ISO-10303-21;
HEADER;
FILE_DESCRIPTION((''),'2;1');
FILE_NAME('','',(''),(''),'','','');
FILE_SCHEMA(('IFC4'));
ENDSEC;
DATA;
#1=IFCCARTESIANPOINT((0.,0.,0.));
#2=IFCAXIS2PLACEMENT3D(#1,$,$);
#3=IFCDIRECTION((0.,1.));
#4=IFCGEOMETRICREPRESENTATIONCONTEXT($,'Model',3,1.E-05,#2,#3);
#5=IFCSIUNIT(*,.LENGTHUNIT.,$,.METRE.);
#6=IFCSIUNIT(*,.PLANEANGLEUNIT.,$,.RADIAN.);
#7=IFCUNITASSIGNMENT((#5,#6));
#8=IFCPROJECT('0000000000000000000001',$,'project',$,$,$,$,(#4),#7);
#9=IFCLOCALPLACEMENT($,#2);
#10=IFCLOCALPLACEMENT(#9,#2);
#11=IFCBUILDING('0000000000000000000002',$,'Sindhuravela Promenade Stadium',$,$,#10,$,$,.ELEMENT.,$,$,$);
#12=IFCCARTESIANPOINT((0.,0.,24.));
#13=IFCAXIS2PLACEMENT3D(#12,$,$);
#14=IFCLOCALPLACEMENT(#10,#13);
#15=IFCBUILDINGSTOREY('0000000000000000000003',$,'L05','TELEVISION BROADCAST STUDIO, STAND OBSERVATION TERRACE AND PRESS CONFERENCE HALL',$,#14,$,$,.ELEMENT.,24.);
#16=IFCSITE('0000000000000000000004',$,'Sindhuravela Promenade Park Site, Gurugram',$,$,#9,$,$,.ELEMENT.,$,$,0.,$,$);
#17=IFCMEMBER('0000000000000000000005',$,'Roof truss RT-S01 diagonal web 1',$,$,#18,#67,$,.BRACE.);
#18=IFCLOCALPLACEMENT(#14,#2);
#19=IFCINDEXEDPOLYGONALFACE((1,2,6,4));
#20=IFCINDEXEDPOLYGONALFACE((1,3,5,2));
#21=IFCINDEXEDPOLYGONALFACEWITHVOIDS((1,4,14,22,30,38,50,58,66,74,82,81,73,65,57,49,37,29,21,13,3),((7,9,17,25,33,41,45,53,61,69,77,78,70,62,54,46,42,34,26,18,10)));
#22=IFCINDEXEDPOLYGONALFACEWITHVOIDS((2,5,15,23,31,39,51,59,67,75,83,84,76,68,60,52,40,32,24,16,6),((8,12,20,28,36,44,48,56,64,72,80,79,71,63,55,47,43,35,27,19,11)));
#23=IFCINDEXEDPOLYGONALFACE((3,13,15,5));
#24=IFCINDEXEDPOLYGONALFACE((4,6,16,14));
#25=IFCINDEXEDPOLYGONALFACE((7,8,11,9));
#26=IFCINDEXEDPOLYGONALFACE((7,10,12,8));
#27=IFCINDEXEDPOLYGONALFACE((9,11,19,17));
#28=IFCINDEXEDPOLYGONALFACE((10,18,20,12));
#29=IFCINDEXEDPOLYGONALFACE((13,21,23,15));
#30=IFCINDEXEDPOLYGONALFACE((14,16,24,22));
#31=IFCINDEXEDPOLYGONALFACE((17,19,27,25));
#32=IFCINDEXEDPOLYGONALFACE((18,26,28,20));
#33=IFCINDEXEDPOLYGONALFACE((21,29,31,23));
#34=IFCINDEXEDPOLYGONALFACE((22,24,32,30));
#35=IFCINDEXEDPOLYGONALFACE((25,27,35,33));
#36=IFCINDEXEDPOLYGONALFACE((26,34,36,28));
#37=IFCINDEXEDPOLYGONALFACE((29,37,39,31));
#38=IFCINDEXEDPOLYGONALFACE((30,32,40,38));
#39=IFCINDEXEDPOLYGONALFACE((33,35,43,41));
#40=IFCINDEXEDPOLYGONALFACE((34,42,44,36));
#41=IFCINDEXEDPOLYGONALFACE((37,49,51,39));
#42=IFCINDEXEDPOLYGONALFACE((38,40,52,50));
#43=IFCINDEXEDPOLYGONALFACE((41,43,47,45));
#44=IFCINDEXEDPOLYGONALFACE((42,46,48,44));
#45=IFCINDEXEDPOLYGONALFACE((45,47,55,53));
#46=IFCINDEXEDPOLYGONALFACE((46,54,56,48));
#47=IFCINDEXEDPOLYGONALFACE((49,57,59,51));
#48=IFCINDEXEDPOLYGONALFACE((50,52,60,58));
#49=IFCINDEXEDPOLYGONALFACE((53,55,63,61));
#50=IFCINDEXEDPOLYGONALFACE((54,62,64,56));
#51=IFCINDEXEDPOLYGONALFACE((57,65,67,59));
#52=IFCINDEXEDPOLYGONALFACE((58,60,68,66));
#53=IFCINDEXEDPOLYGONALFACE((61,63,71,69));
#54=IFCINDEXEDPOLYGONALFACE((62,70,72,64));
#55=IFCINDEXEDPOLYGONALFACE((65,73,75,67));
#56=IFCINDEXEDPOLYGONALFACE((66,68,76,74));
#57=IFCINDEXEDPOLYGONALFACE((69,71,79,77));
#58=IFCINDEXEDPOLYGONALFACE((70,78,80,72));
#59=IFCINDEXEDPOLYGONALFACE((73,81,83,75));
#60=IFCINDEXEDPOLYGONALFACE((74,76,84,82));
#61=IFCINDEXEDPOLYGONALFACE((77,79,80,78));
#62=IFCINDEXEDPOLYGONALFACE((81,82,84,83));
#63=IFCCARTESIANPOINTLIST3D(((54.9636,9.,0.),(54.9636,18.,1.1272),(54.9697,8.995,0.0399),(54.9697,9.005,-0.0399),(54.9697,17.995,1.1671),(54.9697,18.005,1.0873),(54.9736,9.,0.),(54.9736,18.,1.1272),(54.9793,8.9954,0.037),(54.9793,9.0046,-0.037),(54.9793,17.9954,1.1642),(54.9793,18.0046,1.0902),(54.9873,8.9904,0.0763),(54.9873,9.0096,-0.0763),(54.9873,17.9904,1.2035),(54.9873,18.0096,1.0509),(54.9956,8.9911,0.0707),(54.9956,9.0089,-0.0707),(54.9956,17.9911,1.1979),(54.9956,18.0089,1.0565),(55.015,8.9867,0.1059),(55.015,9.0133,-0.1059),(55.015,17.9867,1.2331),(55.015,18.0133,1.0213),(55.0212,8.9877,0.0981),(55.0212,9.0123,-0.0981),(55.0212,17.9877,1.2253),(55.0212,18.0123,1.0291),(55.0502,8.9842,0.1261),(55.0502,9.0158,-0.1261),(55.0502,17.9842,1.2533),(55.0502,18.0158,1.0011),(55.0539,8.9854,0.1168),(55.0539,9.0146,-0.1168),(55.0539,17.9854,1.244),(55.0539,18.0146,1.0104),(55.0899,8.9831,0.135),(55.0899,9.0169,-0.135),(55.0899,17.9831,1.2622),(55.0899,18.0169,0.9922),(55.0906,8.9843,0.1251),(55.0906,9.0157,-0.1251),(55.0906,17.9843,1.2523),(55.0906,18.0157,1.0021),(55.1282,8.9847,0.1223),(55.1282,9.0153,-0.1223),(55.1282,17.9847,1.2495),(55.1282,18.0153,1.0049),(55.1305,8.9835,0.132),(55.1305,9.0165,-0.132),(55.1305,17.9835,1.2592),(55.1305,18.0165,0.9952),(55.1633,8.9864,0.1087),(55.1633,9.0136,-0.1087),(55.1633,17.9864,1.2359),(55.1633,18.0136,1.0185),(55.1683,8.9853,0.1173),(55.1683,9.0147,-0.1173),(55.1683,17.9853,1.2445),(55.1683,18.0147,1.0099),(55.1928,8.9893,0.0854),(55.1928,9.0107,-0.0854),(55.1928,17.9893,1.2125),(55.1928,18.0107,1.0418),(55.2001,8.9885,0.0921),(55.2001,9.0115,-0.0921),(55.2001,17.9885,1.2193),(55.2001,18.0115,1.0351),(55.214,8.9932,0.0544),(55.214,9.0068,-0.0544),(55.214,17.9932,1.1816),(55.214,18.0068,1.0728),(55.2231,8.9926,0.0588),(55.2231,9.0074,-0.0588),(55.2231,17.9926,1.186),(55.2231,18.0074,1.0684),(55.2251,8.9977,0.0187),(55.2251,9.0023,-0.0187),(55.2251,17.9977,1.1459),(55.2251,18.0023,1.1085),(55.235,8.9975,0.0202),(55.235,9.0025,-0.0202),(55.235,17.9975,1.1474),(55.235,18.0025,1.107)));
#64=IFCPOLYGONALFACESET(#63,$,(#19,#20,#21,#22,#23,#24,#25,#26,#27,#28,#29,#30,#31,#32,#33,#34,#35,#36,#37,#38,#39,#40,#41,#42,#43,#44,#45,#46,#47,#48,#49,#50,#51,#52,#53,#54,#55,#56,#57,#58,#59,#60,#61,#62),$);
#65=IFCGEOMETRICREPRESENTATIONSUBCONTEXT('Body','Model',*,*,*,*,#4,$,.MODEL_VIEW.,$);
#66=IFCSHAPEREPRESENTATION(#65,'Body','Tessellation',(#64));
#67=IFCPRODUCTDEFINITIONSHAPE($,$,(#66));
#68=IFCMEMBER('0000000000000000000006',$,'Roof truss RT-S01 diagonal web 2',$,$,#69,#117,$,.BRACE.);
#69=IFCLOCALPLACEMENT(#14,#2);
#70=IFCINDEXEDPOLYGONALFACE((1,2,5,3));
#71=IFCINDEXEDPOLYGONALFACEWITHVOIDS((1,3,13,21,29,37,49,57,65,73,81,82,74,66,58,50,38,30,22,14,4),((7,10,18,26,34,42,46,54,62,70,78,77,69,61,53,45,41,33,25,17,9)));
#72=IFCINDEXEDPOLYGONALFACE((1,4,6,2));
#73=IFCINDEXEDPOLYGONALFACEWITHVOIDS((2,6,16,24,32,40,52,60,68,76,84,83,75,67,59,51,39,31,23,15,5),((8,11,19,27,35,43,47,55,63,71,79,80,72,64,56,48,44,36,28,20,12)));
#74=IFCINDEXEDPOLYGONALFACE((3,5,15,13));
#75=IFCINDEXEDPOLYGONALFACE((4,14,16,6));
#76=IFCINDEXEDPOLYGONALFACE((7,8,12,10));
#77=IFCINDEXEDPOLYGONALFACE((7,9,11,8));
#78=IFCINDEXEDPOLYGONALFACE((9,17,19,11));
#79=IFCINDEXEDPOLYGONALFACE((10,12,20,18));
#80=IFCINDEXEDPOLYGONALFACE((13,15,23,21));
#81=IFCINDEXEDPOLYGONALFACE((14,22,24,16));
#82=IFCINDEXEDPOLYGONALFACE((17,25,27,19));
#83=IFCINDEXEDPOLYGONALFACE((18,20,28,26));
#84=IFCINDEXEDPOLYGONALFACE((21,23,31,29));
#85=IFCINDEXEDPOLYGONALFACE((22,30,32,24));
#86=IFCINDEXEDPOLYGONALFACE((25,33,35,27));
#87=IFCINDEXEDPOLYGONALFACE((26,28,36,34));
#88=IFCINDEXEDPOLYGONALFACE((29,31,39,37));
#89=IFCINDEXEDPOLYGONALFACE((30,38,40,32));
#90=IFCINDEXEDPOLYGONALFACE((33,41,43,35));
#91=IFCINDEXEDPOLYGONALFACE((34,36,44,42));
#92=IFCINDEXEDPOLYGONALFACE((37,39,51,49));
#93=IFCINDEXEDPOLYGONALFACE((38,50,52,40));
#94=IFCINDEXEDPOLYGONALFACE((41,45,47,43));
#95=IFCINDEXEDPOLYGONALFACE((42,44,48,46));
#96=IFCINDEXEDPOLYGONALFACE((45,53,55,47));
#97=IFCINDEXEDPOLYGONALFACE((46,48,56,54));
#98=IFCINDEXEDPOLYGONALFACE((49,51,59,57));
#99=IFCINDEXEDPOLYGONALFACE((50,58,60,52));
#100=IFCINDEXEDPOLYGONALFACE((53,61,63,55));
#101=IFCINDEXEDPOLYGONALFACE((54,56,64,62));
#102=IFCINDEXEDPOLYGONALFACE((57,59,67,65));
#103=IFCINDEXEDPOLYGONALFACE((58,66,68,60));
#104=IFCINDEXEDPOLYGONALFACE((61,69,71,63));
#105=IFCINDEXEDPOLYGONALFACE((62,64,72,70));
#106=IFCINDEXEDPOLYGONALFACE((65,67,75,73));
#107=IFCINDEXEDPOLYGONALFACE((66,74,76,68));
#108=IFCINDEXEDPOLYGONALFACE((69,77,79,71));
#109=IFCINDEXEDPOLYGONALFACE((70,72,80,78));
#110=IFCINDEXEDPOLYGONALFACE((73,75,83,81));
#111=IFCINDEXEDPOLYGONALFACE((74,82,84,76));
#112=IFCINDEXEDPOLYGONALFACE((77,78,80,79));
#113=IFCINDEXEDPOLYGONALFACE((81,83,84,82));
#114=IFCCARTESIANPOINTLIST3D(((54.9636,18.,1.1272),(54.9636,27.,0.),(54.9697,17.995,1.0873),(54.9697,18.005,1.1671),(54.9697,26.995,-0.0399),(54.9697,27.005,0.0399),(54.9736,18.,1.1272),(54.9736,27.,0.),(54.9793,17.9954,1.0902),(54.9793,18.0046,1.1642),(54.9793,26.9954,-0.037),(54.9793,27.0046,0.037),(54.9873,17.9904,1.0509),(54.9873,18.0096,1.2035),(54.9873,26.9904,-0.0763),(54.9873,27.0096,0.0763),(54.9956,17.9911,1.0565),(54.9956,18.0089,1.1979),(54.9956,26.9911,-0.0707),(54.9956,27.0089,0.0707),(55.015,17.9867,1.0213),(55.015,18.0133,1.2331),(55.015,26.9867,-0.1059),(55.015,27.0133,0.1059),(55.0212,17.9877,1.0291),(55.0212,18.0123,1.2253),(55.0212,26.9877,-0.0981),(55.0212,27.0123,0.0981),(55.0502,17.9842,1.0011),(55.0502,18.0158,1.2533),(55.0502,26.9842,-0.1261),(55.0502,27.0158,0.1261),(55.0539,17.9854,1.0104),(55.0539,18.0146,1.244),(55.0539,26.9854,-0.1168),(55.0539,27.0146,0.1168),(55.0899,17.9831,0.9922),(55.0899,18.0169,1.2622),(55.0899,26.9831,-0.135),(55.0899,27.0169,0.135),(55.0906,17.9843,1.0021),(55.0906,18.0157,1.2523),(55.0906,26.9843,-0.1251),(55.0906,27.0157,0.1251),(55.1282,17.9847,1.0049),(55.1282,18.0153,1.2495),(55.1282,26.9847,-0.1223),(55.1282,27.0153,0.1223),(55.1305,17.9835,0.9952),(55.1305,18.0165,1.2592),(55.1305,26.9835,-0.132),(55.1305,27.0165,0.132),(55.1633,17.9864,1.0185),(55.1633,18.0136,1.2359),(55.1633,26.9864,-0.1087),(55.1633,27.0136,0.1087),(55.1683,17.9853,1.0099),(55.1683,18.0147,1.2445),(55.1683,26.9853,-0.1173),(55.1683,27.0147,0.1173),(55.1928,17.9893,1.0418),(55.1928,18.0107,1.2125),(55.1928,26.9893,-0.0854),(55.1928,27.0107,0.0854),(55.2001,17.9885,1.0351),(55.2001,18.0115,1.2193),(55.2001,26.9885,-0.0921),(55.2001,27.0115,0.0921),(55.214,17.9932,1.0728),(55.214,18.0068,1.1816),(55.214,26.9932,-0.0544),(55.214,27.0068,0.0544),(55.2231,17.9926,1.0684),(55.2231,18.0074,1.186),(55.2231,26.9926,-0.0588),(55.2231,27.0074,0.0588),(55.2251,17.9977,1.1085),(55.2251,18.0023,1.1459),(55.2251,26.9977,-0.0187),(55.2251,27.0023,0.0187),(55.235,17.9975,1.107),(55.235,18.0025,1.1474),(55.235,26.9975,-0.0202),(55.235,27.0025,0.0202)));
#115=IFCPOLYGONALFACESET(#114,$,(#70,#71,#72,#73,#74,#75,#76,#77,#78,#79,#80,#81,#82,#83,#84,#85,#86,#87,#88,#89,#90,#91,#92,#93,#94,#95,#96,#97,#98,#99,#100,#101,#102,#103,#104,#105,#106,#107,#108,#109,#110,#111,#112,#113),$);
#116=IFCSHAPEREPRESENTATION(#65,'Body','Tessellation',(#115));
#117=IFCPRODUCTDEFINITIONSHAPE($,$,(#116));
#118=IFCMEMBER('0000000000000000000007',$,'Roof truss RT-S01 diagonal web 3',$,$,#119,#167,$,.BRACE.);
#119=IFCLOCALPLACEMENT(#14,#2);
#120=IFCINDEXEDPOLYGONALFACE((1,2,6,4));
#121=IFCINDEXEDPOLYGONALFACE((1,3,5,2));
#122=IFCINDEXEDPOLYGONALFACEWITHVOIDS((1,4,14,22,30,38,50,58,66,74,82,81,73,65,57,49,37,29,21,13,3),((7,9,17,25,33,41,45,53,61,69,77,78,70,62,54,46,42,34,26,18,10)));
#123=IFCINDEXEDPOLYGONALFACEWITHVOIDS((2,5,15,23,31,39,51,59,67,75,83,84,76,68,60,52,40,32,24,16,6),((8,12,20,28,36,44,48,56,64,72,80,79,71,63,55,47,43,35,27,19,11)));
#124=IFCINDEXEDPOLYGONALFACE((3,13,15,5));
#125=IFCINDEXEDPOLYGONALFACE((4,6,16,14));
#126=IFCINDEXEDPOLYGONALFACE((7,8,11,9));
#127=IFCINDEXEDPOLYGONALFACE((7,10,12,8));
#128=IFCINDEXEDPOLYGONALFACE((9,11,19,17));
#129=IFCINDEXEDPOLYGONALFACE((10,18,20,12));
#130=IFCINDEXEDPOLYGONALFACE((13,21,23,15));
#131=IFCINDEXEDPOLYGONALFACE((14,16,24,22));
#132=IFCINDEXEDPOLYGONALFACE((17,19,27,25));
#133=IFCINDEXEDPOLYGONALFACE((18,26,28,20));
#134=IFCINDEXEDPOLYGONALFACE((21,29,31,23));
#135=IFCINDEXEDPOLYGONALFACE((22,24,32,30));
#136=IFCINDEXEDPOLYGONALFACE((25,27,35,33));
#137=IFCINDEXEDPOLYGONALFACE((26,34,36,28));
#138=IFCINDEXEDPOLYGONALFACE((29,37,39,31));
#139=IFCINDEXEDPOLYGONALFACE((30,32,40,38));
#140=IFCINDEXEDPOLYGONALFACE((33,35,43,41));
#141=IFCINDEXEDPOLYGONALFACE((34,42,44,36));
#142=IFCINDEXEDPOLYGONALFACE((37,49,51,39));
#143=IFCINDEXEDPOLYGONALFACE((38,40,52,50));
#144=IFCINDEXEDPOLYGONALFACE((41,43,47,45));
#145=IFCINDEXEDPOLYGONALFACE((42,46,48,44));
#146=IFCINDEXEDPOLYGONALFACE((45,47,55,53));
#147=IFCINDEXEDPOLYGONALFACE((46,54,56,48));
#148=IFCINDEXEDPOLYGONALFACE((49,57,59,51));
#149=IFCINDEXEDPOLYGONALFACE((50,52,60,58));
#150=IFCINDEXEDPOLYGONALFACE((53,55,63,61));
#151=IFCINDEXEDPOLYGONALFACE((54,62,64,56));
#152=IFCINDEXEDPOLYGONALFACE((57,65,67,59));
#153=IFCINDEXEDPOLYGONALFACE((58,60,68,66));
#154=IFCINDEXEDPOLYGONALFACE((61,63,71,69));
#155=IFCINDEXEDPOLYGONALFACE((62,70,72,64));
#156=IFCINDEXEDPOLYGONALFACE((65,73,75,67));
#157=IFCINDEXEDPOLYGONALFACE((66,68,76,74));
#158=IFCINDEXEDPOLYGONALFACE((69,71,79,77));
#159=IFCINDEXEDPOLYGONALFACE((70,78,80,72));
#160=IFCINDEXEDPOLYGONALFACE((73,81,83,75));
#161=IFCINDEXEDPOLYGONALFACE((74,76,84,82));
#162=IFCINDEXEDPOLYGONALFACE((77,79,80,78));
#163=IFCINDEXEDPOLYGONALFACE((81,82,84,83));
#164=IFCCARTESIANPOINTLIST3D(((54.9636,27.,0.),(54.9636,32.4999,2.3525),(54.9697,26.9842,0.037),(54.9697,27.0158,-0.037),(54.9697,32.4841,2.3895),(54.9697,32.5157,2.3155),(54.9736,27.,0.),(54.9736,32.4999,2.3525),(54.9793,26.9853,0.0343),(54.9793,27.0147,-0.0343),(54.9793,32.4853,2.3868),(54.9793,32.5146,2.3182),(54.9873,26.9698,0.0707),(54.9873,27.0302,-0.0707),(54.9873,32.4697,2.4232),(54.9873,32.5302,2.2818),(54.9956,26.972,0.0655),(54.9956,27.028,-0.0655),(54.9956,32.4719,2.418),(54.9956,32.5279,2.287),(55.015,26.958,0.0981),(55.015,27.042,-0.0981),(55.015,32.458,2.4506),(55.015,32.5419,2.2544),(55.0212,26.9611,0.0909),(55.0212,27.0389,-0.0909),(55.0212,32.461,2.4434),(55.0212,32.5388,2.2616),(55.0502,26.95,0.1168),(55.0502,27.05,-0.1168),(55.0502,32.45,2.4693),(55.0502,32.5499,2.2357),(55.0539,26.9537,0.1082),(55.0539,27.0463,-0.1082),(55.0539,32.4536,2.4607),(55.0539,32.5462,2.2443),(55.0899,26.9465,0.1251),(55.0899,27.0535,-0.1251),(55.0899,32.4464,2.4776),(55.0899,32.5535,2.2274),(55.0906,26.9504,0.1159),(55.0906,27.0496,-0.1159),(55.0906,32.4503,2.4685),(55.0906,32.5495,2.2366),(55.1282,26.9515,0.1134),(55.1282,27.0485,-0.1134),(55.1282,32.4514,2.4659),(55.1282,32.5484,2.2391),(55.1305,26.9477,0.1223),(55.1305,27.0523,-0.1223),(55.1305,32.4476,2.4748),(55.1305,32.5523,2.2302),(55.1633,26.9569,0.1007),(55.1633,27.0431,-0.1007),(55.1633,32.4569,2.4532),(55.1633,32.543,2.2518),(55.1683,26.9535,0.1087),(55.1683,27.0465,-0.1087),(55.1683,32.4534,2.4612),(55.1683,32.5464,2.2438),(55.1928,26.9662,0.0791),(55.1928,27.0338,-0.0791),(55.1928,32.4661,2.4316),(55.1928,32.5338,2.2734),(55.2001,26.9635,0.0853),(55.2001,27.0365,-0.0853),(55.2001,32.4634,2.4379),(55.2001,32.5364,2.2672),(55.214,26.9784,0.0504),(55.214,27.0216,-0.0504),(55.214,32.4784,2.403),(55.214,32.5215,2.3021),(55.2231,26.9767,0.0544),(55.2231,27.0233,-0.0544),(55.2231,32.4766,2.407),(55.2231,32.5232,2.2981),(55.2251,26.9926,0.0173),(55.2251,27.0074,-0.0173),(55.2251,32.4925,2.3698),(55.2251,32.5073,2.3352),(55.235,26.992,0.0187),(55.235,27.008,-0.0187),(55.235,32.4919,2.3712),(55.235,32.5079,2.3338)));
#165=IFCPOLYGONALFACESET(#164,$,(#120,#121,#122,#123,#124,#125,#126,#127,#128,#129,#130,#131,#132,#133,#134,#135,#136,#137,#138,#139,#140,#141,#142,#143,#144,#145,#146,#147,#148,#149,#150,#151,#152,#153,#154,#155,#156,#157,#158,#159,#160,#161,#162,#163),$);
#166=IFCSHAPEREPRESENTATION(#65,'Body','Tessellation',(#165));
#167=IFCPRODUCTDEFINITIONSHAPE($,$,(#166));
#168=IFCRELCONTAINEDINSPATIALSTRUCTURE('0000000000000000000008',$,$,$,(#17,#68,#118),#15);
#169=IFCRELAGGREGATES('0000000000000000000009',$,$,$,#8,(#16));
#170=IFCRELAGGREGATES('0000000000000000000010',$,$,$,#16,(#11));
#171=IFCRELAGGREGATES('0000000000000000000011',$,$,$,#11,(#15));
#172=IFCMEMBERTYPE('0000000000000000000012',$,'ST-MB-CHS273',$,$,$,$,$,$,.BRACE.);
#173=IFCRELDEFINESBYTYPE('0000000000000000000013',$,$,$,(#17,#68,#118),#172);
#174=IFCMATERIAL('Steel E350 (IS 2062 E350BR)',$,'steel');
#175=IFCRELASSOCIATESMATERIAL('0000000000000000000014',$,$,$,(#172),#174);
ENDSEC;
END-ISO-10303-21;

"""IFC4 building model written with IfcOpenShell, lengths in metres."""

from ifc_helpers import new_model, si_unit, direction, frame, origin, origin_2d, place, context, subcontext, project, spatial, hollow_circle, extrude, material, material_profile, profile_set, type_object, element, save


model = new_model("IFC4")

# Units and contexts
model_context = context("Model", 3, precision=1e-05, world=origin(), true_north=direction((0.0, 1.0)))
body_context = subcontext(model_context, "Body", "Model", "MODEL_VIEW")
ifc_project = project(units=[si_unit("LENGTHUNIT", "METRE"), si_unit("PLANEANGLEUNIT", "RADIAN")], contexts=[model_context])

# Site, building, storey
site_placement = place(None, origin())
site = spatial("IfcSite", under=ifc_project, at=site_placement, Name="Sindhuravela Promenade Park Site, Gurugram", CompositionType="ELEMENT", RefElevation=0.0)
building_placement = place(site_placement, origin())
building = spatial("IfcBuilding", under=site, at=building_placement, Name="Sindhuravela Promenade Stadium", CompositionType="ELEMENT")
storey_placement = place(building_placement, frame((0.0, 0.0, 24.0)))
storey = spatial("IfcBuildingStorey", under=building, at=storey_placement, Name="L05", Description="TELEVISION BROADCAST STUDIO, STAND OBSERVATION TERRACE AND PRESS CONFERENCE HALL", CompositionType="ELEMENT", Elevation=24.0)

# Shared definitions
ifc_material_1 = material(Name="Steel E350 (IS 2062 E350BR)", Category="steel")

# Members
ifc_material_profile_1 = material_profile(ifc_material_1, hollow_circle(Radius=0.1365, WallThickness=0.01, at=origin_2d()), Name="CHS 273.0x10")
ifc_profile_set_1 = profile_set([ifc_material_profile_1], Name="Steel E350 (IS 2062 E350BR)")
member_type_1 = type_object("IfcMemberType", Name="ST-MB-CHS273", PredefinedType="BRACE", material=ifc_profile_set_1)
for number, where, z_axis, x_axis, name in (
    (1, (55.1001, 9.0, 0.0), (0.0, 0.992248, 0.124273), (-1.0, 0.0, 0.0), "Roof truss RT-S01 diagonal web 1"),
    (2, (55.1001, 18.0, 1.1272), (0.0, 0.992248, -0.124273), (-1.0, 0.0, 0.0), "Roof truss RT-S01 diagonal web 2"),
):
    element("IfcMember", number, at=place(storey_placement, frame(where, z_axis=z_axis, x_axis=x_axis)), inside=storey, type_object=member_type_1, Name=name, PredefinedType="BRACE", context=body_context, shape_type="SweptSolid", body=[
        extrude(hollow_circle(Radius=0.1365, WallThickness=0.01, at=origin_2d()), origin(), (0.0, 0.0, 1.0), 9.0703),
    ])
member_1_placement = place(storey_placement, frame((55.1001, 27.0, 0.0), z_axis=(0.0, 0.919423, 0.393269), x_axis=(-1.0, 0.0, 0.0)))
element("IfcMember", 3, at=member_1_placement, inside=storey, type_object=member_type_1, Name="Roof truss RT-S01 diagonal web 3", PredefinedType="BRACE", context=body_context, shape_type="SweptSolid", body=[
    extrude(hollow_circle(Radius=0.1365, WallThickness=0.01, at=origin_2d()), origin(), (0.0, 0.0, 1.0), 5.9819),
])

save(model, "model.ifc")
